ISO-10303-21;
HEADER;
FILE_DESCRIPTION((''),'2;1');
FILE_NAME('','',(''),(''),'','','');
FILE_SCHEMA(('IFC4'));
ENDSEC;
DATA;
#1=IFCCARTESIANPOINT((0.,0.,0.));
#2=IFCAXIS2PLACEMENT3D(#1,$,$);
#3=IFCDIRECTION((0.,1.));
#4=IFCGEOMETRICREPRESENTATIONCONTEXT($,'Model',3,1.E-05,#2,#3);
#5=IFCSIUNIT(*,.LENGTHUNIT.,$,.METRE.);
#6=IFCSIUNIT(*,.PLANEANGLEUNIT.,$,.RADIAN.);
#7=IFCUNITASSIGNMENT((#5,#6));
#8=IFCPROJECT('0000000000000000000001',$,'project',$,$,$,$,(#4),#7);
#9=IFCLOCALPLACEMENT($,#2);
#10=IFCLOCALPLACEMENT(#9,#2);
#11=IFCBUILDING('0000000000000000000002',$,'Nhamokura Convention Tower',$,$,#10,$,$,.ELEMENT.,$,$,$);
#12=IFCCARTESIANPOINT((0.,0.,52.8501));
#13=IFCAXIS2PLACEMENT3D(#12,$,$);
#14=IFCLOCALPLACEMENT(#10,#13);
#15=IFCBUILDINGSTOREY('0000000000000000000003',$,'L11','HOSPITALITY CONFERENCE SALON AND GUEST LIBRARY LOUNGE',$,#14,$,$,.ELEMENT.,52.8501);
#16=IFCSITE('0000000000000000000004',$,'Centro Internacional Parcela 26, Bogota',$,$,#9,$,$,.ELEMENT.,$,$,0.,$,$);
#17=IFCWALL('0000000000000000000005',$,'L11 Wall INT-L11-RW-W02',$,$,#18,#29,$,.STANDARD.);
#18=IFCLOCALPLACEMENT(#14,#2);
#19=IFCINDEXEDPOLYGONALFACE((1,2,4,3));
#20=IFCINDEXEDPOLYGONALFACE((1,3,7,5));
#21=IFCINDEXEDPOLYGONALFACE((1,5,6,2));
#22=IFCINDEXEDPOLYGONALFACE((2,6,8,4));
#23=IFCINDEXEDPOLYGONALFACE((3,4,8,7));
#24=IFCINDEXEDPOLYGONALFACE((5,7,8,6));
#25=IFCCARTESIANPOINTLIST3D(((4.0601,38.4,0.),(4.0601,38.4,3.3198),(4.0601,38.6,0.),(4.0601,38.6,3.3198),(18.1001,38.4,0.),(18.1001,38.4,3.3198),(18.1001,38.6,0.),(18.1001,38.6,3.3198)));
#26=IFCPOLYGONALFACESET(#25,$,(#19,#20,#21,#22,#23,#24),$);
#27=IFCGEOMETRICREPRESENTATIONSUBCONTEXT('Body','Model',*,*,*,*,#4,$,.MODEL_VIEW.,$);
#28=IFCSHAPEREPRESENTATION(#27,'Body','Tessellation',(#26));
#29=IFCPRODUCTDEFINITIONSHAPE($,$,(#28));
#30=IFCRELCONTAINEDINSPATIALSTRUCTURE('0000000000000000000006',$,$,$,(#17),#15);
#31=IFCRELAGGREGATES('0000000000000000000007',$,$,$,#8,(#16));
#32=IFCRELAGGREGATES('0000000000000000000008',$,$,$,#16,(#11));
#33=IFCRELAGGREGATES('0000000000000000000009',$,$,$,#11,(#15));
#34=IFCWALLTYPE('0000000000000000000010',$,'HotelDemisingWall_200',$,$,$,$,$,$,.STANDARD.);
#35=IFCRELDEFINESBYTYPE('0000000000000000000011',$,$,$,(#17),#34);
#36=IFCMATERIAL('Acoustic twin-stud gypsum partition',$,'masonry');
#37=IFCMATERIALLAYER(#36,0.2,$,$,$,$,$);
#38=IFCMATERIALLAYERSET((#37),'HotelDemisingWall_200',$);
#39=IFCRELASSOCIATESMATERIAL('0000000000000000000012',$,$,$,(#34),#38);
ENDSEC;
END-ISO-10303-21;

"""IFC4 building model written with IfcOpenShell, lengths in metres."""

from ifc_helpers import new_model, si_unit, direction, frame, frame_2d, origin, place, context, subcontext, project, spatial, rectangle, extrude, material, layer, layer_set, type_object, element, save


model = new_model("IFC4")

# Units and contexts
model_context = context("Model", 3, precision=1e-05, world=origin(), true_north=direction((0.0, 1.0)))
body_context = subcontext(model_context, "Body", "Model", "MODEL_VIEW")
ifc_project = project(units=[si_unit("LENGTHUNIT", "METRE"), si_unit("PLANEANGLEUNIT", "RADIAN")], contexts=[model_context])

# Site, building, storey
site_placement = place(None, origin())
site = spatial("IfcSite", under=ifc_project, at=site_placement, Name="Centro Internacional Parcela 26, Bogota", CompositionType="ELEMENT", RefElevation=0.0)
building_placement = place(site_placement, origin())
building = spatial("IfcBuilding", under=site, at=building_placement, Name="Nhamokura Convention Tower", CompositionType="ELEMENT")
storey_placement = place(building_placement, frame((0.0, 0.0, 52.8501)))
storey = spatial("IfcBuildingStorey", under=building, at=storey_placement, Name="L11", Description="HOSPITALITY CONFERENCE SALON AND GUEST LIBRARY LOUNGE", CompositionType="ELEMENT", Elevation=52.8501)

# Wall
ifc_material_1 = material(Name="Acoustic twin-stud gypsum partition", Category="masonry")
ifc_layer_1 = layer(ifc_material_1, 0.2)
ifc_layer_set_1 = layer_set([ifc_layer_1], Name="HotelDemisingWall_200")
wall_type_1 = type_object("IfcWallType", Name="HotelDemisingWall_200", PredefinedType="STANDARD", material=ifc_layer_set_1)
wall_1_placement = place(storey_placement, frame((4.0601, 38.5, 0.0), z_axis=(0.0, 0.0, 1.0), x_axis=(1.0, 0.0, 0.0)))
element("IfcWall", 1, at=wall_1_placement, inside=storey, type_object=wall_type_1, Name="L11 Wall INT-L11-RW-W02", PredefinedType="STANDARD", context=body_context, shape_type="SweptSolid", body=[
    extrude(rectangle(XDim=14.04, YDim=0.2, at=frame_2d((7.02, 0.0))), origin(), (0.0, 0.0, 1.0), 3.3198),
])

save(model, "model.ifc")
